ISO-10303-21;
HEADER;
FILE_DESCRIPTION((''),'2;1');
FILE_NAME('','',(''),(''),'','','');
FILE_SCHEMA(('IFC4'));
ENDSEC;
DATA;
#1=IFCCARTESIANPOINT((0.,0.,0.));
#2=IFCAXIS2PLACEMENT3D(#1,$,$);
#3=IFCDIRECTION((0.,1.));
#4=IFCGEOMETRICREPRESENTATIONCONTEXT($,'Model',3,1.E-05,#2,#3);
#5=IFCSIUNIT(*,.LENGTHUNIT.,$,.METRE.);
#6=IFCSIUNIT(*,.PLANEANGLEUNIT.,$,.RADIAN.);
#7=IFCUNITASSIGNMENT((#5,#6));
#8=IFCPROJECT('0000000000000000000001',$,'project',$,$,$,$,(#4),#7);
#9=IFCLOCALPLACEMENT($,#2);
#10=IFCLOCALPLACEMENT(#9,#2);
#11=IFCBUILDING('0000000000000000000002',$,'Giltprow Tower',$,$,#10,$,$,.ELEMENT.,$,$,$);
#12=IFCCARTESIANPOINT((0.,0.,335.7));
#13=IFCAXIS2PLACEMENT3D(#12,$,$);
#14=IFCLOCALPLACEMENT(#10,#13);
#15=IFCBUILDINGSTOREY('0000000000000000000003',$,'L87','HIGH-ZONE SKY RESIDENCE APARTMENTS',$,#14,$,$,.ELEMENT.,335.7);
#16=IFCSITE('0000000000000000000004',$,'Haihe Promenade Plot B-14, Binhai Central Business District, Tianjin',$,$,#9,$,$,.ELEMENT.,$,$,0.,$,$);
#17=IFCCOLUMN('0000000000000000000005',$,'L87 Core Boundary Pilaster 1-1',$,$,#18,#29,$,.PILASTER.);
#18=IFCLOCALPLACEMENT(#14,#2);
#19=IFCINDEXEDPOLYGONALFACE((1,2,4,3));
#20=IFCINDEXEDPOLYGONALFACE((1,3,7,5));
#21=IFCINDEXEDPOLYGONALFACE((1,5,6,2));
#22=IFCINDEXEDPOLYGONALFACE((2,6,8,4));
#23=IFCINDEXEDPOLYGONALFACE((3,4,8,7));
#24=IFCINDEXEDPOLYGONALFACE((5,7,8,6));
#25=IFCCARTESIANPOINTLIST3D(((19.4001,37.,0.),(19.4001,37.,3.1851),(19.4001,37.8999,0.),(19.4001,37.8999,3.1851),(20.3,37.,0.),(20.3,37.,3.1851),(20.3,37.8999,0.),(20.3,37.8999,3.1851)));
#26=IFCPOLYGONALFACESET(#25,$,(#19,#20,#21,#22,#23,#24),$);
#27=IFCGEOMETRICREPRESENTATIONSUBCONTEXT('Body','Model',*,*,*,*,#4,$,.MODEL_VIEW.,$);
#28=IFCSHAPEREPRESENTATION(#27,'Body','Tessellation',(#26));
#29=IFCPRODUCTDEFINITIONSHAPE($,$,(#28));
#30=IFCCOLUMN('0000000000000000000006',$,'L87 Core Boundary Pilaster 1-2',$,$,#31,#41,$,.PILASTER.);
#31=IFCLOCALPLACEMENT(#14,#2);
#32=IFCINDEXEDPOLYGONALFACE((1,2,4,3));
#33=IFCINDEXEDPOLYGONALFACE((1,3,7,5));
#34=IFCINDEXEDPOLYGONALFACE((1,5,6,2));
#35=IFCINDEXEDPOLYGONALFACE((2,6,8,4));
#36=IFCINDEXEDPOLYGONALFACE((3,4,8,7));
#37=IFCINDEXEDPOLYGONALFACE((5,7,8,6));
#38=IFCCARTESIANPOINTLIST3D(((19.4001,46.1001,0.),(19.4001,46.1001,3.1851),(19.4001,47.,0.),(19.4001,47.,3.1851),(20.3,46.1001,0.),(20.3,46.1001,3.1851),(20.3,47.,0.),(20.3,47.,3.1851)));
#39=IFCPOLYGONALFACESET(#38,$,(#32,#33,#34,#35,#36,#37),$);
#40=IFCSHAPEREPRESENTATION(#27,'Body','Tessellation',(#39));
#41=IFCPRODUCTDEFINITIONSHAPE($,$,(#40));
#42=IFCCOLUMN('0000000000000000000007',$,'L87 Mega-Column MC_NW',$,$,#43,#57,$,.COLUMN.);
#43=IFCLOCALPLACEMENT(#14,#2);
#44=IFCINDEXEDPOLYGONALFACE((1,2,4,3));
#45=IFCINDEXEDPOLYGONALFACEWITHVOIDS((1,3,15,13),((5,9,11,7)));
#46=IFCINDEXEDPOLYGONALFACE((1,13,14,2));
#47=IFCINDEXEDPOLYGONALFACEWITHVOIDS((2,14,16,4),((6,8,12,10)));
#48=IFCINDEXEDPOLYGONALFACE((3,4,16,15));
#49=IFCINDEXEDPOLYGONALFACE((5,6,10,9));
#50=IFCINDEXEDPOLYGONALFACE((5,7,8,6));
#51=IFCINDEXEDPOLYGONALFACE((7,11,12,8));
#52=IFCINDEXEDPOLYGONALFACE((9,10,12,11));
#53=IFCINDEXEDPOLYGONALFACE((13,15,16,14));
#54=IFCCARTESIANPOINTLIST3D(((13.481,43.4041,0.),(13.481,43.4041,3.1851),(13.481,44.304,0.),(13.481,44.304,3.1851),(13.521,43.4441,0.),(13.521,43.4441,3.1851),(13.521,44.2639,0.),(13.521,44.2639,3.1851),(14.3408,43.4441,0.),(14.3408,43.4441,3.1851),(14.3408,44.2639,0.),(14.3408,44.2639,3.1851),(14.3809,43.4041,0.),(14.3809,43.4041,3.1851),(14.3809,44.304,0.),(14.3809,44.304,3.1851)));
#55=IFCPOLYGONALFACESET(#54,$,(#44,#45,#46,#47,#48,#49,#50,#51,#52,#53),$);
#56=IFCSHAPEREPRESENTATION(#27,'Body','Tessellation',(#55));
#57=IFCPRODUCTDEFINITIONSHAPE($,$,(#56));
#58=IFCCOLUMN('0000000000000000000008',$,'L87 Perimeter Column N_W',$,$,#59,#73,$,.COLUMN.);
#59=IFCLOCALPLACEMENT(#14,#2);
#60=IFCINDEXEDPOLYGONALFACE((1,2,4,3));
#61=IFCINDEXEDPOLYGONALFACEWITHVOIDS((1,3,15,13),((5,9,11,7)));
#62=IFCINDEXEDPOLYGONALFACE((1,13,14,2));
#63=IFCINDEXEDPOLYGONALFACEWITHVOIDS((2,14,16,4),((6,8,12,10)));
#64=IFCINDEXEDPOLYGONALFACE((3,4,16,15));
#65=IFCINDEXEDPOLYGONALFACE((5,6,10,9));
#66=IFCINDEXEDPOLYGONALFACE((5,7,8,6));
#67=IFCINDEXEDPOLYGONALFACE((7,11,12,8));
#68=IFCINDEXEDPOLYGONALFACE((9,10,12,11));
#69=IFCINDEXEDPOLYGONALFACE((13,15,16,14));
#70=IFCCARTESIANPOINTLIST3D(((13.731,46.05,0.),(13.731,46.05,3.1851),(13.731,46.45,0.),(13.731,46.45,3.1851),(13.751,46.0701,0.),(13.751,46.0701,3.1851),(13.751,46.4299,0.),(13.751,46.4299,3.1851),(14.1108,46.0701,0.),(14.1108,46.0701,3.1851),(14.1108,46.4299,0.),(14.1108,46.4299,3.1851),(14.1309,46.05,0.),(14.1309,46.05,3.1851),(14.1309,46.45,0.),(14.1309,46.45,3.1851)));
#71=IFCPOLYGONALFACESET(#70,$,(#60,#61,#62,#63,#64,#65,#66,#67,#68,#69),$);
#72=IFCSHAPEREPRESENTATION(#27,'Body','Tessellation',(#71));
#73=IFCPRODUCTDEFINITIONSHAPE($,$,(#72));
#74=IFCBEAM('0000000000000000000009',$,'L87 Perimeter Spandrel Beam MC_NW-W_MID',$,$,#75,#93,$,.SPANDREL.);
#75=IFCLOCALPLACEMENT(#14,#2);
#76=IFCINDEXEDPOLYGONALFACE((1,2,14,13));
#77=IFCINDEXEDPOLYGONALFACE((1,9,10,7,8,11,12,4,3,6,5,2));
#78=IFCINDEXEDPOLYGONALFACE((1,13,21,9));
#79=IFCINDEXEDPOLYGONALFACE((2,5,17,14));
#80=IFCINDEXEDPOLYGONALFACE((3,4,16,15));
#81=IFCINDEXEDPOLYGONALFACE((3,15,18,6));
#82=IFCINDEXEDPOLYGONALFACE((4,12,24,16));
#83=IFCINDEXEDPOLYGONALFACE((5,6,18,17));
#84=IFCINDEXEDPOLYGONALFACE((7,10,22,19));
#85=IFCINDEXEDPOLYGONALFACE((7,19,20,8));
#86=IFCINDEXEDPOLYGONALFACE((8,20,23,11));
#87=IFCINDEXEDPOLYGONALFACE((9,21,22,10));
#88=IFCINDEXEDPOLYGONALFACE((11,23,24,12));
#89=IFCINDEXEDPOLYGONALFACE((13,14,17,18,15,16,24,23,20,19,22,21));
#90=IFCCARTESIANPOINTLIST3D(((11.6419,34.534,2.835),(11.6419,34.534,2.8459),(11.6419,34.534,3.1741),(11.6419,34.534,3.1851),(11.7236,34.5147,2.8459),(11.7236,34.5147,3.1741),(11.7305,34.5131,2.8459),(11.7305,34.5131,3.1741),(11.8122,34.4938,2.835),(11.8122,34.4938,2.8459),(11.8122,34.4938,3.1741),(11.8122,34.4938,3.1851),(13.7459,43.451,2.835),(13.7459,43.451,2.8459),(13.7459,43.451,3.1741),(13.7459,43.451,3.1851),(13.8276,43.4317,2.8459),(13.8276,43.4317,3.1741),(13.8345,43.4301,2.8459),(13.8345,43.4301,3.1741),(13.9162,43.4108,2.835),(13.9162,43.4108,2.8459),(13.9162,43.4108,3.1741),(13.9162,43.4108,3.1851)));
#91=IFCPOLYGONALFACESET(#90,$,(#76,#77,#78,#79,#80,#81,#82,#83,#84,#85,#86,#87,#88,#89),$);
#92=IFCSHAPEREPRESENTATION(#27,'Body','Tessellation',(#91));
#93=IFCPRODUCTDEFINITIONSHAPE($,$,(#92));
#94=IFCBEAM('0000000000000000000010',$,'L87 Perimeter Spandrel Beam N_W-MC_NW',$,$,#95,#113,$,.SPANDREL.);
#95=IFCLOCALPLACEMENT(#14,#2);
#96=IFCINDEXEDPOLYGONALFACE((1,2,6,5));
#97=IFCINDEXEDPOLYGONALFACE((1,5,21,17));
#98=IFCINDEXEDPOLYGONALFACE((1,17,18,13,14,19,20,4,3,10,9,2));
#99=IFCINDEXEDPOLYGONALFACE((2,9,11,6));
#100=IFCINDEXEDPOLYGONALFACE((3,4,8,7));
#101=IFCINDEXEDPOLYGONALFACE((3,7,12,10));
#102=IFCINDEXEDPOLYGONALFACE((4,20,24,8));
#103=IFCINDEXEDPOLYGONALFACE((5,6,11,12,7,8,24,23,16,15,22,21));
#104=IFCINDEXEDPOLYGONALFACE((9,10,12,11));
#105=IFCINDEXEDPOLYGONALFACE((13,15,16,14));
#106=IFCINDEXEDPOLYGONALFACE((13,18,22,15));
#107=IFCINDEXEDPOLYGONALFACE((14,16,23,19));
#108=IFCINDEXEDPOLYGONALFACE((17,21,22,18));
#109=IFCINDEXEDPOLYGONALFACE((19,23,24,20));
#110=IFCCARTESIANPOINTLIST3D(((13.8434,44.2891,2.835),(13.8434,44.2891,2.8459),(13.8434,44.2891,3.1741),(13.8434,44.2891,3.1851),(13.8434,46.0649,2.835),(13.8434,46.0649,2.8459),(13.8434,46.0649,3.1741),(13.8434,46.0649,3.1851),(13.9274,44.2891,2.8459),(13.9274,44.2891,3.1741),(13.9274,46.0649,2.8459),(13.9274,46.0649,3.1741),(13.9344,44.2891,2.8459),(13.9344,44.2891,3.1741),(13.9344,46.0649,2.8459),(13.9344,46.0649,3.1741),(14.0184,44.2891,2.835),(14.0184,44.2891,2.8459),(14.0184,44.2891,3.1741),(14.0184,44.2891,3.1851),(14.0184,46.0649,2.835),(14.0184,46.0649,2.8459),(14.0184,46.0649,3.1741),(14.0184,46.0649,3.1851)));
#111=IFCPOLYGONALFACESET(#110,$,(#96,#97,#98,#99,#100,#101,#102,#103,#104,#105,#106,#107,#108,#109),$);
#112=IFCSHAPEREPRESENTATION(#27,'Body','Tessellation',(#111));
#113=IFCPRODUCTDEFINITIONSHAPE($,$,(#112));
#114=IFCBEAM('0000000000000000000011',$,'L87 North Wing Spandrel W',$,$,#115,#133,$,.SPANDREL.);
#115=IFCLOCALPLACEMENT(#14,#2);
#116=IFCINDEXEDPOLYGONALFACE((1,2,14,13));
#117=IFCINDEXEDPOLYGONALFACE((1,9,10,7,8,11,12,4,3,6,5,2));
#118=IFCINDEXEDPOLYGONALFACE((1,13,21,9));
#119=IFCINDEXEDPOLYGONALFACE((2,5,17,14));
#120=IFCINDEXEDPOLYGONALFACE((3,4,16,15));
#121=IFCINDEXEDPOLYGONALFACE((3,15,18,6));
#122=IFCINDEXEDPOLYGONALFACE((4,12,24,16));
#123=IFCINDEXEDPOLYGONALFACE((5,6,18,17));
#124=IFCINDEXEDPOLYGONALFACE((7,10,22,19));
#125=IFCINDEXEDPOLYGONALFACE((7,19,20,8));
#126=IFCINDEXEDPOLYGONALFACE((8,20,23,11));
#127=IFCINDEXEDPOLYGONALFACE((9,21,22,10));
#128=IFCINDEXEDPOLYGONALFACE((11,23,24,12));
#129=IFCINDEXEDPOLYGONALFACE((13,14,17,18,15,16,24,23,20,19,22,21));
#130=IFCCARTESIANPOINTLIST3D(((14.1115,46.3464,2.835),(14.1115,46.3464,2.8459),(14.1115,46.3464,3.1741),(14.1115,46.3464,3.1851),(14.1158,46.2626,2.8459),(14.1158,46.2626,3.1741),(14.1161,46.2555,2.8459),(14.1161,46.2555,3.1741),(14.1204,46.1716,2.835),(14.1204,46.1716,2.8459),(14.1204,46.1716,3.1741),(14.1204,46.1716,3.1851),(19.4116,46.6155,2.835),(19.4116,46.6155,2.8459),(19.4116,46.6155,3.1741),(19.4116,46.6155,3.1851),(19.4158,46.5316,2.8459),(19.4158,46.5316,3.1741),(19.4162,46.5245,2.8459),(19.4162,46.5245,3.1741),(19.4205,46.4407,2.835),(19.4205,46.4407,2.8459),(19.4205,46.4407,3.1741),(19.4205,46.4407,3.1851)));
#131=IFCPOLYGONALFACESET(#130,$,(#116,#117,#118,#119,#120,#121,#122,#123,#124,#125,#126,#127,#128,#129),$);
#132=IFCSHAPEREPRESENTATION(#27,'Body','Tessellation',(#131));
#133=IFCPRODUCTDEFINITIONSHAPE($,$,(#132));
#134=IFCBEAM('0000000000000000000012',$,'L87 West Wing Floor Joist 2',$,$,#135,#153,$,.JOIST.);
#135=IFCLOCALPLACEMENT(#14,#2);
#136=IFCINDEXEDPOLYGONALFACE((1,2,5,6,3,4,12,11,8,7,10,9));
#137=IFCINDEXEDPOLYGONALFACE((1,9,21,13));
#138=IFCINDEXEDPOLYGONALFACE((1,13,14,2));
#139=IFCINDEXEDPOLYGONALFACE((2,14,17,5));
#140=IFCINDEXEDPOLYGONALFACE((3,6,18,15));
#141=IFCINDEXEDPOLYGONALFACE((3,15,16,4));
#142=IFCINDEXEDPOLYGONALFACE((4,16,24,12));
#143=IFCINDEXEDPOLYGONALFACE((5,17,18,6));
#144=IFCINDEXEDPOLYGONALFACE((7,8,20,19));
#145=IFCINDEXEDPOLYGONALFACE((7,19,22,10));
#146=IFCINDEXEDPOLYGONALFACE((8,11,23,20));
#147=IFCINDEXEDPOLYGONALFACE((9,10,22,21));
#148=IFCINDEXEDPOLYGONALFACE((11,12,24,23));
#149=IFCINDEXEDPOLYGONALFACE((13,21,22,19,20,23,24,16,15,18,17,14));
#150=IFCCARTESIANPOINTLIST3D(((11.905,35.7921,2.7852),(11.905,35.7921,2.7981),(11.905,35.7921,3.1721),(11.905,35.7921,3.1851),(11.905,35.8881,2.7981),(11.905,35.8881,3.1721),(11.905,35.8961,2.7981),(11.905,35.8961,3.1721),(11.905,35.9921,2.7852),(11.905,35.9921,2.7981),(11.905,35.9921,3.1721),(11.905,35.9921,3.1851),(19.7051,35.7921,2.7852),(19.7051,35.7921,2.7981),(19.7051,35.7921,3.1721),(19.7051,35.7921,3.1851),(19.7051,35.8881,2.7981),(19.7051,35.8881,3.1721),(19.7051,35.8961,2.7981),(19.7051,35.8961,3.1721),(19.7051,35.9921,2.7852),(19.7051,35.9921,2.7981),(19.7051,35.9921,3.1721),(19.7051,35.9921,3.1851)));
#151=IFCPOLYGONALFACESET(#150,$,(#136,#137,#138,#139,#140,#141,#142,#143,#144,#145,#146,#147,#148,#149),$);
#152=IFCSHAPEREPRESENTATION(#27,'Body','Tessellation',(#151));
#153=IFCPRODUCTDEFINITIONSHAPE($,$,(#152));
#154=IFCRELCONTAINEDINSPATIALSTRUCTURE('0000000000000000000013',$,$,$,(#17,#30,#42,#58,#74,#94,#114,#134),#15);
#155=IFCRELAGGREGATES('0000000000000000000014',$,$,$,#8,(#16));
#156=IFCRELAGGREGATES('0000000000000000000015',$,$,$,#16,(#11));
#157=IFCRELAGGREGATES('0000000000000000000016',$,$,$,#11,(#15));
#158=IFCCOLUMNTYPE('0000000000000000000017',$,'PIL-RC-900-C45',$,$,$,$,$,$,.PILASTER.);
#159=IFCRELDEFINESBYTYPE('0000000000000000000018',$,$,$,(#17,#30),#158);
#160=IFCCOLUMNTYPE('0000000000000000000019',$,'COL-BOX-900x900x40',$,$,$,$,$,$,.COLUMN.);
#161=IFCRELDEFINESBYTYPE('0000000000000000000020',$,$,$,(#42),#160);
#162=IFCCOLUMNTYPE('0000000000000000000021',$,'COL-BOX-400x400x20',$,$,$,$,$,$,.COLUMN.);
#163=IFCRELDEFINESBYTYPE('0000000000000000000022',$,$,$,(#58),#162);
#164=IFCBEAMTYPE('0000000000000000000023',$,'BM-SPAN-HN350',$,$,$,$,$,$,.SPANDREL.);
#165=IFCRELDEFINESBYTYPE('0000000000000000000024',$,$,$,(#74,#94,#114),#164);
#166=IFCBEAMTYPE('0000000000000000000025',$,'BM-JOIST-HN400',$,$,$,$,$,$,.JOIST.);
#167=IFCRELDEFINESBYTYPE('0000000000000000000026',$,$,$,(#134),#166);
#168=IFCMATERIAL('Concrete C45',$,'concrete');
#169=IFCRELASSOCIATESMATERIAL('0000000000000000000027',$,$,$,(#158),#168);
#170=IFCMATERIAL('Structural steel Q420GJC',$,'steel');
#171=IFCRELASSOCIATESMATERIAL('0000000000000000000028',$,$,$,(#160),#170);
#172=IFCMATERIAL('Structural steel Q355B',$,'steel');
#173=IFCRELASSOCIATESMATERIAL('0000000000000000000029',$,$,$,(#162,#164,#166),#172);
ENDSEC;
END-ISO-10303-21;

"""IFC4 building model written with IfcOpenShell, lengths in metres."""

from ifc_helpers import new_model, si_unit, direction, frame, origin, origin_2d, place, context, subcontext, project, spatial, rectangle, hollow_rectangle, i_section, extrude, source, transform, mapped, material, material_profile, profile_set, type_object, element, save


model = new_model("IFC4")

# Units and contexts
model_context = context("Model", 3, precision=1e-05, world=origin(), true_north=direction((0.0, 1.0)))
body_context = subcontext(model_context, "Body", "Model", "MODEL_VIEW")
ifc_project = project(units=[si_unit("LENGTHUNIT", "METRE"), si_unit("PLANEANGLEUNIT", "RADIAN")], contexts=[model_context])

# Site, building, storey
site_placement = place(None, origin())
site = spatial("IfcSite", under=ifc_project, at=site_placement, Name="Haihe Promenade Plot B-14, Binhai Central Business District, Tianjin", CompositionType="ELEMENT", RefElevation=0.0)
building_placement = place(site_placement, origin())
building = spatial("IfcBuilding", under=site, at=building_placement, Name="Giltprow Tower", CompositionType="ELEMENT")
storey_placement = place(building_placement, frame((0.0, 0.0, 335.7)))
storey = spatial("IfcBuildingStorey", under=building, at=storey_placement, Name="L87", Description="HIGH-ZONE SKY RESIDENCE APARTMENTS", CompositionType="ELEMENT", Elevation=335.7)

# Columns
ifc_material_1 = material(Name="Concrete C45", Category="concrete")
ifc_material_profile_1 = material_profile(ifc_material_1, rectangle(XDim=0.8999, YDim=0.8999, at=origin_2d()), Name="RC 900x900")
ifc_profile_set_1 = profile_set([ifc_material_profile_1], Name="Concrete C45")
column_type_1 = type_object("IfcColumnType", Name="PIL-RC-900-C45", PredefinedType="PILASTER", material=ifc_profile_set_1)
shared_shape_1 = source(origin(), body_context, "Body", "SweptSolid", [
    extrude(rectangle(XDim=0.8999, YDim=0.8999, at=origin_2d()), origin(), (0.0, 0.0, 1.0), 3.1851),
])
for number, where, z_axis, x_axis, name in (
    (1, (19.8501, 37.45, 0.0), (0.0, 0.0, 1.0), (1.0, 0.0, 0.0), "L87 Core Boundary Pilaster 1-1"),
    (2, (19.8501, 46.55, 0.0), (0.0, 0.0, 1.0), (1.0, 0.0, 0.0), "L87 Core Boundary Pilaster 1-2"),
):
    element("IfcColumn", number, at=place(storey_placement, frame(where, z_axis=z_axis, x_axis=x_axis)), inside=storey, type_object=column_type_1, Name=name, PredefinedType="PILASTER", context=body_context, shape_type="MappedRepresentation", body=[
        mapped(shared_shape_1, transform((0.0, 0.0, 0.0), x_axis=(1.0, 0.0, 0.0), y_axis=(0.0, 1.0, 0.0), z_axis=(0.0, 0.0, 1.0), scale=1.0)),
    ])
ifc_material_2 = material(Name="Structural steel Q420GJC", Category="steel")
ifc_material_profile_2 = material_profile(ifc_material_2, hollow_rectangle(XDim=0.8999, YDim=0.8999, WallThickness=0.04, at=origin_2d()), Name="BOX 900x900x40")
ifc_profile_set_2 = profile_set([ifc_material_profile_2], Name="Structural steel Q420GJC")
column_type_2 = type_object("IfcColumnType", Name="COL-BOX-900x900x40", PredefinedType="COLUMN", material=ifc_profile_set_2)
shared_shape_2 = source(origin(), body_context, "Body", "SweptSolid", [
    extrude(hollow_rectangle(XDim=0.8999, YDim=0.8999, WallThickness=0.04, at=origin_2d()), origin(), (0.0, 0.0, 1.0), 3.1851),
])
column_1_placement = place(storey_placement, frame((13.9309, 43.854, 0.0), z_axis=(0.0, 0.0, 1.0), x_axis=(1.0, 0.0, 0.0)))
element("IfcColumn", 3, at=column_1_placement, inside=storey, type_object=column_type_2, Name="L87 Mega-Column MC_NW", PredefinedType="COLUMN", context=body_context, shape_type="MappedRepresentation", body=[
    mapped(shared_shape_2, transform((0.0, 0.0, 0.0), x_axis=(1.0, 0.0, 0.0), y_axis=(0.0, 1.0, 0.0), z_axis=(0.0, 0.0, 1.0), scale=1.0)),
])
ifc_material_3 = material(Name="Structural steel Q355B", Category="steel")
ifc_material_profile_3 = material_profile(ifc_material_3, hollow_rectangle(XDim=0.3999, YDim=0.3999, WallThickness=0.02, at=origin_2d()), Name="BOX 400x400x20")
ifc_profile_set_3 = profile_set([ifc_material_profile_3], Name="Structural steel Q355B")
column_type_3 = type_object("IfcColumnType", Name="COL-BOX-400x400x20", PredefinedType="COLUMN", material=ifc_profile_set_3)
shared_shape_3 = source(origin(), body_context, "Body", "SweptSolid", [
    extrude(hollow_rectangle(XDim=0.3999, YDim=0.3999, WallThickness=0.02, at=origin_2d()), origin(), (0.0, 0.0, 1.0), 3.1851),
])
column_2_placement = place(storey_placement, frame((13.9309, 46.25, 0.0), z_axis=(0.0, 0.0, 1.0), x_axis=(1.0, 0.0, 0.0)))
element("IfcColumn", 4, at=column_2_placement, inside=storey, type_object=column_type_3, Name="L87 Perimeter Column N_W", PredefinedType="COLUMN", context=body_context, shape_type="MappedRepresentation", body=[
    mapped(shared_shape_3, transform((0.0, 0.0, 0.0), x_axis=(1.0, 0.0, 0.0), y_axis=(0.0, 1.0, 0.0), z_axis=(0.0, 0.0, 1.0), scale=1.0)),
])

# Beams
ifc_material_profile_4 = material_profile(ifc_material_3, i_section(OverallWidth=0.175, OverallDepth=0.3501, WebThickness=0.0071, FlangeThickness=0.011, at=origin_2d()), Name="HN 350x175x7x11")
ifc_profile_set_4 = profile_set([ifc_material_profile_4], Name="Structural steel Q355B")
beam_type_1 = type_object("IfcBeamType", Name="BM-SPAN-HN350", PredefinedType="SPANDREL", material=ifc_profile_set_4)
shared_shape_4 = source(origin(), body_context, "Body", "SweptSolid", [
    extrude(i_section(OverallWidth=0.175, OverallDepth=0.3501, WebThickness=0.0071, FlangeThickness=0.011, at=origin_2d()), origin(), (0.0, 0.0, 1.0), 9.1619),
])
beam_1_placement = place(storey_placement, frame((13.8311, 43.4309, 3.01), z_axis=(-0.229648, -0.973274, 0.0), x_axis=(0.973274, -0.229648, 0.0)))
element("IfcBeam", 5, at=beam_1_placement, inside=storey, type_object=beam_type_1, Name="L87 Perimeter Spandrel Beam MC_NW-W_MID", PredefinedType="SPANDREL", context=body_context, shape_type="MappedRepresentation", body=[
    mapped(shared_shape_4, transform((0.0, 0.0, 0.0), x_axis=(1.0, 0.0, 0.0), y_axis=(0.0, 1.0, 0.0), z_axis=(0.0, 0.0, 1.0), scale=1.0)),
])
shared_shape_5 = source(origin(), body_context, "Body", "SweptSolid", [
    extrude(i_section(OverallWidth=0.175, OverallDepth=0.3501, WebThickness=0.0071, FlangeThickness=0.011, at=origin_2d()), origin(), (0.0, 0.0, 1.0), 1.7759),
])
beam_2_placement = place(storey_placement, frame((13.9309, 46.0649, 3.01), z_axis=(0.0, -1.0, 0.0), x_axis=(1.0, 0.0, 0.0)))
element("IfcBeam", 6, at=beam_2_placement, inside=storey, type_object=beam_type_1, Name="L87 Perimeter Spandrel Beam N_W-MC_NW", PredefinedType="SPANDREL", context=body_context, shape_type="MappedRepresentation", body=[
    mapped(shared_shape_5, transform((0.0, 0.0, 0.0), x_axis=(1.0, 0.0, 0.0), y_axis=(0.0, 1.0, 0.0), z_axis=(0.0, 0.0, 1.0), scale=1.0)),
])
shared_shape_6 = source(origin(), body_context, "Body", "SweptSolid", [
    extrude(i_section(OverallWidth=0.175, OverallDepth=0.3501, WebThickness=0.0071, FlangeThickness=0.011, at=origin_2d()), origin(), (0.0, 0.0, 1.0), 5.3069),
])
beam_3_placement = place(storey_placement, frame((14.116, 46.259, 3.01), z_axis=(0.998714, 0.050697, 0.0), x_axis=(-0.050697, 0.998714, 0.0)))
element("IfcBeam", 7, at=beam_3_placement, inside=storey, type_object=beam_type_1, Name="L87 North Wing Spandrel W", PredefinedType="SPANDREL", context=body_context, shape_type="MappedRepresentation", body=[
    mapped(shared_shape_6, transform((0.0, 0.0, 0.0), x_axis=(1.0, 0.0, 0.0), y_axis=(0.0, 1.0, 0.0), z_axis=(0.0, 0.0, 1.0), scale=1.0)),
])
ifc_material_profile_5 = material_profile(ifc_material_3, i_section(OverallWidth=0.2, OverallDepth=0.3999, WebThickness=0.0081, FlangeThickness=0.0129, at=origin_2d()), Name="HN 400x200x8x13")
ifc_profile_set_5 = profile_set([ifc_material_profile_5], Name="Structural steel Q355B")
beam_type_2 = type_object("IfcBeamType", Name="BM-JOIST-HN400", PredefinedType="JOIST", material=ifc_profile_set_5)
shared_shape_7 = source(origin(), body_context, "Body", "SweptSolid", [
    extrude(i_section(OverallWidth=0.2, OverallDepth=0.3999, WebThickness=0.0081, FlangeThickness=0.0129, at=origin_2d()), origin(), (0.0, 0.0, 1.0), 7.8),
])
beam_4_placement = place(storey_placement, frame((11.905, 35.8921, 2.9851), z_axis=(1.0, 0.0, 0.0), x_axis=(0.0, 1.0, 0.0)))
element("IfcBeam", 8, at=beam_4_placement, inside=storey, type_object=beam_type_2, Name="L87 West Wing Floor Joist 2", PredefinedType="JOIST", context=body_context, shape_type="MappedRepresentation", body=[
    mapped(shared_shape_7, transform((0.0, 0.0, 0.0), x_axis=(1.0, 0.0, 0.0), y_axis=(0.0, 1.0, 0.0), z_axis=(0.0, 0.0, 1.0), scale=1.0)),
])

save(model, "model.ifc")
